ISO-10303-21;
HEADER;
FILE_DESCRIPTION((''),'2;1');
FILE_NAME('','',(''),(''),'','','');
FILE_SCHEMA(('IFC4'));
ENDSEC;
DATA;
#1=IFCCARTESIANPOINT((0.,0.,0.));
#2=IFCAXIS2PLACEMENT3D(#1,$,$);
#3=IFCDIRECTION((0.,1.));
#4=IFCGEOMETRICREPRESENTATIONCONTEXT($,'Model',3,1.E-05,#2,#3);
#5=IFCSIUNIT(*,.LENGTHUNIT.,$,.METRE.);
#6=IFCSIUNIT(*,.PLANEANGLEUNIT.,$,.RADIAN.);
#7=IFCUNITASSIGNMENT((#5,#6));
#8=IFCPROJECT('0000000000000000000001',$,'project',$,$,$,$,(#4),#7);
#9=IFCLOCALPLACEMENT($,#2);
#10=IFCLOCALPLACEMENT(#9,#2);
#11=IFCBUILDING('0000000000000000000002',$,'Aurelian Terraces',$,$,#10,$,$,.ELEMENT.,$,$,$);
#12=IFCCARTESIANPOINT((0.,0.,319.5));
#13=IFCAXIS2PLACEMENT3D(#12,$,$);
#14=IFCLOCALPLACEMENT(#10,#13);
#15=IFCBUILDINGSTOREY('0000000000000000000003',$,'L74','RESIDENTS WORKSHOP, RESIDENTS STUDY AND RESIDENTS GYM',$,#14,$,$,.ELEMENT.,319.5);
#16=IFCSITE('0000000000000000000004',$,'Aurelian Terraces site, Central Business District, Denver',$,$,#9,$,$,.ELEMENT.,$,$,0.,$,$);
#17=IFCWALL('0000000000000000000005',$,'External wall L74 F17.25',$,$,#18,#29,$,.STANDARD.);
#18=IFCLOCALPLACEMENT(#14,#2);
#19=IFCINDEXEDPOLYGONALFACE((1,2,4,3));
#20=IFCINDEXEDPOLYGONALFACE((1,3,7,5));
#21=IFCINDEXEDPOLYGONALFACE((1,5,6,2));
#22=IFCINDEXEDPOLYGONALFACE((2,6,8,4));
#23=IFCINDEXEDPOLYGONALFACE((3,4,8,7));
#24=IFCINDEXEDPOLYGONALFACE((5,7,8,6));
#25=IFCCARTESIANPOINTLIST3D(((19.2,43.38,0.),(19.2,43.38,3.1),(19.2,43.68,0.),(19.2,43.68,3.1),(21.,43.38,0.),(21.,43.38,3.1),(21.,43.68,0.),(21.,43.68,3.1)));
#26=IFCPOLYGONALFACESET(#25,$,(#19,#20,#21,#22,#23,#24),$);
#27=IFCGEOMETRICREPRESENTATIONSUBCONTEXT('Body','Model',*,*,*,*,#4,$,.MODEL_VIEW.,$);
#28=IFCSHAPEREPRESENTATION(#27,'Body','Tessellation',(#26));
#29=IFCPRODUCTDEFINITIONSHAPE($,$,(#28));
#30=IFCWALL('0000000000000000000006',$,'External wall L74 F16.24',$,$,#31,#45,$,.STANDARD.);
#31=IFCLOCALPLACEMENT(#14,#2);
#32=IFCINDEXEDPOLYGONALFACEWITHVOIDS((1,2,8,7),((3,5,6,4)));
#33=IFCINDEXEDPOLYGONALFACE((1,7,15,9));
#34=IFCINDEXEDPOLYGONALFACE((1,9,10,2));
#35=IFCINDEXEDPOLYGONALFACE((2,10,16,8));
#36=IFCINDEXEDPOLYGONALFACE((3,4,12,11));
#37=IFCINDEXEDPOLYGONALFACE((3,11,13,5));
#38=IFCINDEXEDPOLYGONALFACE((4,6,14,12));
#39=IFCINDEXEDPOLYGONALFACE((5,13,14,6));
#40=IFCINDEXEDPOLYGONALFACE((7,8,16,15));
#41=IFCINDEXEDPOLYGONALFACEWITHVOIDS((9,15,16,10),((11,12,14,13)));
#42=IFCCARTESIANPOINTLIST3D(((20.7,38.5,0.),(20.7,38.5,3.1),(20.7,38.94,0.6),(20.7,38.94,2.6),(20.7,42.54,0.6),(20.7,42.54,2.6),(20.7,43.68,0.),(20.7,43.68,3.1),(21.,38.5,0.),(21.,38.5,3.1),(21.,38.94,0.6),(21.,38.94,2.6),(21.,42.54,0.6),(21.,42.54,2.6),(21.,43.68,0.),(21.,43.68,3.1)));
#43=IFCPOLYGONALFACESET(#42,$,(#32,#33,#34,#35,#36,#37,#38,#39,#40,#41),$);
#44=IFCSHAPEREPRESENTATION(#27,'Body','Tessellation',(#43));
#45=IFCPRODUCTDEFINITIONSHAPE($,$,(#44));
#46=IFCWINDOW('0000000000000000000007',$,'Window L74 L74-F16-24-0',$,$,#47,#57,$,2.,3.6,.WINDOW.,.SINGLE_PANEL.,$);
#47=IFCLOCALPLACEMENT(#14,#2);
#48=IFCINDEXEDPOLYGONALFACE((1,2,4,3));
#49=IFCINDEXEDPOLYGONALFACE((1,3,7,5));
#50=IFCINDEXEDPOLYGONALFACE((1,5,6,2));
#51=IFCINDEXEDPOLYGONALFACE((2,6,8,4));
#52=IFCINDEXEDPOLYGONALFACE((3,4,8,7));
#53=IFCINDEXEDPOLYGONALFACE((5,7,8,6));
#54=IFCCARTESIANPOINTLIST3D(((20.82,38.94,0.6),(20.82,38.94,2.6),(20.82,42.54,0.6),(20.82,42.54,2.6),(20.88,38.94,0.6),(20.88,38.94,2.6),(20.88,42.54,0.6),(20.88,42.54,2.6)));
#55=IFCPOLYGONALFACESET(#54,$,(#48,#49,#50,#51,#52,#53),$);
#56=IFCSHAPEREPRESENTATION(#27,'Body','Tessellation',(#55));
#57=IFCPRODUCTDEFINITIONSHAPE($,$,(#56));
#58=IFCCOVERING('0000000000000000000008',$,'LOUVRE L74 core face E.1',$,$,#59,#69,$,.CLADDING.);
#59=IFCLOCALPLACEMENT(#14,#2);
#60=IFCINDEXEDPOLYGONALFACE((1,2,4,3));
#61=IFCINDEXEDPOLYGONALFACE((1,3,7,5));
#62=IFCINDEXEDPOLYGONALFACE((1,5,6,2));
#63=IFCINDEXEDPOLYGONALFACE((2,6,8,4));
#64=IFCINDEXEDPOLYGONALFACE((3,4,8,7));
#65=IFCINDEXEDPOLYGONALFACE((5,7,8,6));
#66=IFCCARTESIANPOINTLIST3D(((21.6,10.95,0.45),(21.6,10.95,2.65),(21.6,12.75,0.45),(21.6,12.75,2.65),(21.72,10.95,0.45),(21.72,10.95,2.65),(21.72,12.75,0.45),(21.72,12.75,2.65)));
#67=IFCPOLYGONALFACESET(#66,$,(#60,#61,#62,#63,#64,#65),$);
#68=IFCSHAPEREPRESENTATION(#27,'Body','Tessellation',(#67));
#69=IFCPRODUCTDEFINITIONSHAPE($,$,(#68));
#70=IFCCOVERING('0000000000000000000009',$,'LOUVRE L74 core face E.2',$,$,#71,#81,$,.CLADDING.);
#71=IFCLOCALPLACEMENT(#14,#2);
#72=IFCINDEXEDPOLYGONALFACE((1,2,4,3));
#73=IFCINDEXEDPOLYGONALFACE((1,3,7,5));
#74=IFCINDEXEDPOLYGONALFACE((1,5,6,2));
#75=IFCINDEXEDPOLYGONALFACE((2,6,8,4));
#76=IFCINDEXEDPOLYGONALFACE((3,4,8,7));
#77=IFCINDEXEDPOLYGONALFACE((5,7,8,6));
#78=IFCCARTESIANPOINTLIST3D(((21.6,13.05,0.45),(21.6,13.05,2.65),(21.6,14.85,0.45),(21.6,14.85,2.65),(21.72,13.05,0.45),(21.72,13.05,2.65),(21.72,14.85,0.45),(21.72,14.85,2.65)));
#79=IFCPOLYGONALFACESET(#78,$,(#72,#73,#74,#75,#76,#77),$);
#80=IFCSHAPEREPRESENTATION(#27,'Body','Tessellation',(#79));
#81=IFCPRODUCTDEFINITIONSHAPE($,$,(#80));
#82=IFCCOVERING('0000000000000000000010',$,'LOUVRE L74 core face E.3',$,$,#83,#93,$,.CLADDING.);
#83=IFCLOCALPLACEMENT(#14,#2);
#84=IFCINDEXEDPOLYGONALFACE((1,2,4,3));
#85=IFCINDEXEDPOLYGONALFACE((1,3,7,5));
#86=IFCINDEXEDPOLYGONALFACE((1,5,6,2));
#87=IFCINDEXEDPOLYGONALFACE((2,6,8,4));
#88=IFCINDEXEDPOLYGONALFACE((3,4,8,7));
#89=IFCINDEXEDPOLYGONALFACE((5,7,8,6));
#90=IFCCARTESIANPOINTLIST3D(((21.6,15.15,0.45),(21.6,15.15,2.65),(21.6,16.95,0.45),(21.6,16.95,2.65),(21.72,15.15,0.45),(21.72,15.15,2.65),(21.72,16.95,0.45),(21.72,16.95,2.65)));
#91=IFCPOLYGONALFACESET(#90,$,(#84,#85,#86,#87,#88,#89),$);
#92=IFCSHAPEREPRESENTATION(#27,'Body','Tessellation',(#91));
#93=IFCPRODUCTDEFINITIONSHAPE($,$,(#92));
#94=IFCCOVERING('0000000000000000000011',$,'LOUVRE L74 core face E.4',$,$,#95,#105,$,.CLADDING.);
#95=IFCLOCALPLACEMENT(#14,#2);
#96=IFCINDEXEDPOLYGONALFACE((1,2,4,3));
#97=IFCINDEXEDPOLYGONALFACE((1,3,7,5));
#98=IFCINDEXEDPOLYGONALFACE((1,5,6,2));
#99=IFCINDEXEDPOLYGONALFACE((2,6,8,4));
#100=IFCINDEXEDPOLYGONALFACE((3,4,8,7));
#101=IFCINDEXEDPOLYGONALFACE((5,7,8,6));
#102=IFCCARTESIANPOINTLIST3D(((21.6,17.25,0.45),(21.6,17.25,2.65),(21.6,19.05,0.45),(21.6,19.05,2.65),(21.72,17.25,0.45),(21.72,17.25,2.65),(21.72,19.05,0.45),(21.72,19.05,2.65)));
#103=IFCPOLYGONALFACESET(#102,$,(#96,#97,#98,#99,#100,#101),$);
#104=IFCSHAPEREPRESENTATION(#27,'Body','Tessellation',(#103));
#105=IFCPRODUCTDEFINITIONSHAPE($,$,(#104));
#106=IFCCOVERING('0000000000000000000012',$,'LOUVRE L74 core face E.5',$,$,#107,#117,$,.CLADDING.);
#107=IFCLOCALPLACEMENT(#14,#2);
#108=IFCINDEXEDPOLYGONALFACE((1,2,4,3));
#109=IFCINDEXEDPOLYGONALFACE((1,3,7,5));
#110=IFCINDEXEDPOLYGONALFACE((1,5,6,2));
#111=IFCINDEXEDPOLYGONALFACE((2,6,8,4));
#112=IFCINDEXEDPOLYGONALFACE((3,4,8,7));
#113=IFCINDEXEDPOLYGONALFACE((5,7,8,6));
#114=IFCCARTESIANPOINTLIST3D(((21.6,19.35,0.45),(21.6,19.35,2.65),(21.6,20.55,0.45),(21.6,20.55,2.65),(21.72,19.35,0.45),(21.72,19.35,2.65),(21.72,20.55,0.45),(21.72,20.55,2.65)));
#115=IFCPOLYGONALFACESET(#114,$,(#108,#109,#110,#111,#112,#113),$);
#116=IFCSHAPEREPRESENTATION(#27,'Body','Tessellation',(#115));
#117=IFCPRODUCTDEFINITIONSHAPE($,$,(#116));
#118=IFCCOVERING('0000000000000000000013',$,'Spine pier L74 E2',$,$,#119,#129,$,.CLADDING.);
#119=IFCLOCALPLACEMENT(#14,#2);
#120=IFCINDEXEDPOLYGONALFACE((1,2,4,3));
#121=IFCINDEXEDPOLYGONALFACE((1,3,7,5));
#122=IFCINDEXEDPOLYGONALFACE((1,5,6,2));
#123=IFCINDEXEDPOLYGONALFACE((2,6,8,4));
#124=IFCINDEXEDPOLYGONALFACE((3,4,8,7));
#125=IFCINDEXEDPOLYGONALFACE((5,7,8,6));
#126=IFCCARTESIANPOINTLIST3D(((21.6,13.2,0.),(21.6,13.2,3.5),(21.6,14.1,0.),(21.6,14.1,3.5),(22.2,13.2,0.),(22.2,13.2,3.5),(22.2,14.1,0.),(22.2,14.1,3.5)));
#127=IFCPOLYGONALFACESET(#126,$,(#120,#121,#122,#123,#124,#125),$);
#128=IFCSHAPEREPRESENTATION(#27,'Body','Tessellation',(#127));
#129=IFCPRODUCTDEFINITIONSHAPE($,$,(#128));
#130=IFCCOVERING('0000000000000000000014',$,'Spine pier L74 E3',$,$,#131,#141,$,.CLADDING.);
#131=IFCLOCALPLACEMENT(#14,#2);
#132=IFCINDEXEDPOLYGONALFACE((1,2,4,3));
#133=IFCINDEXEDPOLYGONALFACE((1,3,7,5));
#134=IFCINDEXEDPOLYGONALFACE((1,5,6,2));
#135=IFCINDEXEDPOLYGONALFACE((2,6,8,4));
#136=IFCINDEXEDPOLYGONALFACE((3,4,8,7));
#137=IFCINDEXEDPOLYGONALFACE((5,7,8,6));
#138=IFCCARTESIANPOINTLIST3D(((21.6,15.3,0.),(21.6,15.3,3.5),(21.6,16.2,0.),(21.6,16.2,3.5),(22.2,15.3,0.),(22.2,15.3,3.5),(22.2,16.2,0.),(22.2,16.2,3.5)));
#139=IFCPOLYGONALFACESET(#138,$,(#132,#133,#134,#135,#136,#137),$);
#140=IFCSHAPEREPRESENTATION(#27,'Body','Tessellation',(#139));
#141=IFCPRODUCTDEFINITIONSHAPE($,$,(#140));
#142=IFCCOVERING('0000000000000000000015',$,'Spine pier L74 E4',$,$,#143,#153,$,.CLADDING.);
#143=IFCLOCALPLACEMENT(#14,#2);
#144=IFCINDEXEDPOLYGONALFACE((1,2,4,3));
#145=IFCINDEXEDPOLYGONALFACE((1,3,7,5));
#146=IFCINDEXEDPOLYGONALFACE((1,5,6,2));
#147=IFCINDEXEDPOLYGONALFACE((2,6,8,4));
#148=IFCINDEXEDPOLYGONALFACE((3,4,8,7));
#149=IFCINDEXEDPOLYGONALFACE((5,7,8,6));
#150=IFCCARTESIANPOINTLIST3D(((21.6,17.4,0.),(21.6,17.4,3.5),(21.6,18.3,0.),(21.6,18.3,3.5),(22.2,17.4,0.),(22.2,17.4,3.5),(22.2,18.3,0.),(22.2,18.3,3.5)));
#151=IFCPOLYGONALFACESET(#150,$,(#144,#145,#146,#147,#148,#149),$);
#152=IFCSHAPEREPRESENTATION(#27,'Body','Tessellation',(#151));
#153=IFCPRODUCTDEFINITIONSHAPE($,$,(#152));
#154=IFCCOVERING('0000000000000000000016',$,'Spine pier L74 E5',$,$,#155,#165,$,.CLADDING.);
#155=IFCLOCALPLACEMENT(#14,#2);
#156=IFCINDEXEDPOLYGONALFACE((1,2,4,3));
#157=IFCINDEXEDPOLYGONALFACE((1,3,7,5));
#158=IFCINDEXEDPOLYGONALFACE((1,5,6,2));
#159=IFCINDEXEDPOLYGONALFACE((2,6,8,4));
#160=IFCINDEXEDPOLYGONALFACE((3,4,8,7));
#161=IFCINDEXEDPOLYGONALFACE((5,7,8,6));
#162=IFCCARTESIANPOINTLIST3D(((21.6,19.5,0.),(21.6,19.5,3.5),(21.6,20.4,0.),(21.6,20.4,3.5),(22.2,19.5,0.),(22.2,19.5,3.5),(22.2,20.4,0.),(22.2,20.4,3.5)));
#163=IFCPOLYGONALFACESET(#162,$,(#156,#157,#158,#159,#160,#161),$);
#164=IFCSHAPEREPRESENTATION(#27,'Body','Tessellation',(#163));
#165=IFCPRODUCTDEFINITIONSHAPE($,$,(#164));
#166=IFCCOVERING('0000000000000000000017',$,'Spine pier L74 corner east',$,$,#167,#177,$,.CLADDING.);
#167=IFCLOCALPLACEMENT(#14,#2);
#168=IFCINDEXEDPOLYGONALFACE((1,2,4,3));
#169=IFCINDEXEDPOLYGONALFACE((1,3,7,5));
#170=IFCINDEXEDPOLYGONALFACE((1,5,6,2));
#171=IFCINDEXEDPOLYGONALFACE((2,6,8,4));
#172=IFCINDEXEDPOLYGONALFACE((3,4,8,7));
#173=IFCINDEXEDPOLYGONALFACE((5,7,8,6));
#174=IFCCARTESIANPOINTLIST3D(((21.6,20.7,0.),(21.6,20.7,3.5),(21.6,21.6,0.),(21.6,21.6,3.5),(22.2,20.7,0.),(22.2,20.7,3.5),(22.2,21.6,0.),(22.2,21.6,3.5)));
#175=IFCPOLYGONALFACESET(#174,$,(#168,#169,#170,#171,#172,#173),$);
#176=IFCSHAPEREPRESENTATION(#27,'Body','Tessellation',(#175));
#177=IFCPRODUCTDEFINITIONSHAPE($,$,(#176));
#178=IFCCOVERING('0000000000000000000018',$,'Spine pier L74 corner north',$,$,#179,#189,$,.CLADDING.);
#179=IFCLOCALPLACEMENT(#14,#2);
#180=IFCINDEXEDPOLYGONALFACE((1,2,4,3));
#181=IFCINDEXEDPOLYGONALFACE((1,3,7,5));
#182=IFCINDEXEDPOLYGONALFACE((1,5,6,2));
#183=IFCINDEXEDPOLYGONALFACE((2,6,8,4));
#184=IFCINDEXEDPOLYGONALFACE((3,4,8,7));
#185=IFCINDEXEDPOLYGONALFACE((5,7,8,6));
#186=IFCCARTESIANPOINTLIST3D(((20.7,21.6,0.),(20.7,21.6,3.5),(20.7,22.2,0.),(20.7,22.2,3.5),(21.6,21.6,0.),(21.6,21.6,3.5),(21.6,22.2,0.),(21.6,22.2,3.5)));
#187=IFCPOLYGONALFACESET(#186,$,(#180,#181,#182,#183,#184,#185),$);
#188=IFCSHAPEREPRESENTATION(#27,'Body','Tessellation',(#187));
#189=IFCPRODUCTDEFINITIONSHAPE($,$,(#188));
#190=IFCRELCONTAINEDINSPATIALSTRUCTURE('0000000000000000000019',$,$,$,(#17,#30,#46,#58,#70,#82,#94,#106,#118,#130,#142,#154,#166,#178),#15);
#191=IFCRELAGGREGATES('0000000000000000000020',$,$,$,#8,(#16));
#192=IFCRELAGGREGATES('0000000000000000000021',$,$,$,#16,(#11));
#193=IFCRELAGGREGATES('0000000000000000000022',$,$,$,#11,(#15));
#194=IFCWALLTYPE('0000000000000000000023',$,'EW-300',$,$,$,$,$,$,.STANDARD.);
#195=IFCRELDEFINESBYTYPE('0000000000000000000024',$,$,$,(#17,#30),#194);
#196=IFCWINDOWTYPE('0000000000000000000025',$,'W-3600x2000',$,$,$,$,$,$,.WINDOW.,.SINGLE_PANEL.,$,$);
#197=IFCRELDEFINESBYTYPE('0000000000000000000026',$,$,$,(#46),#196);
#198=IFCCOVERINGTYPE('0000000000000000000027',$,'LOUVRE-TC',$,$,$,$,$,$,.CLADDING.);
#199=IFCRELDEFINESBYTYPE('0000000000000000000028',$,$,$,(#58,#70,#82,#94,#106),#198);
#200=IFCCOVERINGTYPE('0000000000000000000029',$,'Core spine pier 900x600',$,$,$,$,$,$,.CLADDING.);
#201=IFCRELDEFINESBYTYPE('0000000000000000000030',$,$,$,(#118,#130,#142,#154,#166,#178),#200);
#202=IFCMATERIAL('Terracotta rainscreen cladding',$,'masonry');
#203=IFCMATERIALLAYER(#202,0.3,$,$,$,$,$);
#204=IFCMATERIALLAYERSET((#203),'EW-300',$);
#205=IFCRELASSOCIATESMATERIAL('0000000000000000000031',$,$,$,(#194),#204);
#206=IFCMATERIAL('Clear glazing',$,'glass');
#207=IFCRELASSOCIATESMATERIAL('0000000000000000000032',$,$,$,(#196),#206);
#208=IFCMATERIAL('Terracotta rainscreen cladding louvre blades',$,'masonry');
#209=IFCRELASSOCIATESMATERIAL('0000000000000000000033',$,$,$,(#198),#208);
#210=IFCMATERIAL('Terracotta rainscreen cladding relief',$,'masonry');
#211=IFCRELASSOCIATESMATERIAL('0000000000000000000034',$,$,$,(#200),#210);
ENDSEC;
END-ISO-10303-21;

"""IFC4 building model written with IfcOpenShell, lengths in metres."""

from ifc_helpers import new_model, si_unit, direction, frame, frame_2d, origin, origin_2d, place, context, subcontext, project, spatial, rectangle, extrude, source, transform, mapped, material, layer, layer_set, type_object, element, fill, save


model = new_model("IFC4")

# Units and contexts
model_context = context("Model", 3, precision=1e-05, world=origin(), true_north=direction((0.0, 1.0)))
body_context = subcontext(model_context, "Body", "Model", "MODEL_VIEW")
ifc_project = project(units=[si_unit("LENGTHUNIT", "METRE"), si_unit("PLANEANGLEUNIT", "RADIAN")], contexts=[model_context])

# Site, building, storey
site_placement = place(None, origin())
site = spatial("IfcSite", under=ifc_project, at=site_placement, Name="Aurelian Terraces site, Central Business District, Denver", CompositionType="ELEMENT", RefElevation=0.0)
building_placement = place(site_placement, origin())
building = spatial("IfcBuilding", under=site, at=building_placement, Name="Aurelian Terraces", CompositionType="ELEMENT")
storey_placement = place(building_placement, frame((0.0, 0.0, 319.5)))
storey = spatial("IfcBuildingStorey", under=building, at=storey_placement, Name="L74", Description="RESIDENTS WORKSHOP, RESIDENTS STUDY AND RESIDENTS GYM", CompositionType="ELEMENT", Elevation=319.5)

# Wall
ifc_material_1 = material(Name="Terracotta rainscreen cladding", Category="masonry")
ifc_layer = layer(ifc_material_1, 0.3)
ifc_layer_set = layer_set([ifc_layer], Name="EW-300")
wall_type = type_object("IfcWallType", Name="EW-300", PredefinedType="STANDARD", material=ifc_layer_set)
shared_shape_1 = source(origin(), body_context, "Body", "SweptSolid", [
    extrude(rectangle(XDim=1.8, YDim=0.3, at=frame_2d((0.9, 0.0))), origin(), (0.0, 0.0, 1.0), 3.1),
])
wall_1_placement = place(storey_placement, frame((21.0, 43.53, 0.0), z_axis=(0.0, 0.0, 1.0), x_axis=(-1.0, 0.0, 0.0)))
element("IfcWall", 1, at=wall_1_placement, inside=storey, type_object=wall_type, Name="External wall L74 F17.25", PredefinedType="STANDARD", context=body_context, shape_type="MappedRepresentation", body=[
    mapped(shared_shape_1, transform((0.0, 0.0, 0.0), scale=1.0)),
])

# Wall, opening, window
shared_shape_2 = source(origin(), body_context, "Body", "SweptSolid", [
    extrude(rectangle(XDim=5.18, YDim=0.3, at=frame_2d((2.59, 0.0))), origin(), (0.0, 0.0, 1.0), 3.1),
])
wall_2_placement = place(storey_placement, frame((20.85, 38.5, 0.0), z_axis=(0.0, 0.0, 1.0), x_axis=(0.0, 1.0, 0.0)))
wall_2 = element("IfcWall", 2, at=wall_2_placement, inside=storey, type_object=wall_type, Name="External wall L74 F16.24", PredefinedType="STANDARD", context=body_context, shape_type="MappedRepresentation", body=[
    mapped(shared_shape_2, transform((0.0, 0.0, 0.0), scale=1.0)),
])
shared_shape_3 = source(origin(), body_context, "Body", "SweptSolid", [
    extrude(rectangle(XDim=3.6, YDim=2.0, at=frame_2d((1.8, 1.0))), frame((0.0, 0.16, 0.0), z_axis=(0.0, -1.0, 0.0), x_axis=(1.0, 0.0, 0.0)), (0.0, 0.0, 1.0), 0.32),
])
opening_placement = place(wall_2_placement, frame((0.44, 0.0, 0.6)))
opening = element("IfcOpeningElement", 3, at=opening_placement, cuts=wall_2, PredefinedType="OPENING", context=body_context, shape_type="MappedRepresentation", body=[
    mapped(shared_shape_3, transform((0.0, 0.0, 0.0), scale=1.0)),
])
ifc_material_2 = material(Name="Clear glazing", Category="glass")
window_type = type_object("IfcWindowType", Name="W-3600x2000", PartitioningType="SINGLE_PANEL", PredefinedType="WINDOW", material=ifc_material_2)
shared_shape_4 = source(origin(), body_context, "Body", "SweptSolid", [
    extrude(rectangle(XDim=3.6, YDim=2.0, at=frame_2d((1.8, 1.0))), frame((0.0, 0.03, 0.0), z_axis=(0.0, -1.0, 0.0), x_axis=(1.0, 0.0, 0.0)), (0.0, 0.0, 1.0), 0.06),
])
window_placement = place(opening_placement, origin())
window = element("IfcWindow", 4, at=window_placement, inside=storey, type_object=window_type, Name="Window L74 L74-F16-24-0", OverallHeight=2.0, OverallWidth=3.6, PartitioningType="SINGLE_PANEL", PredefinedType="WINDOW", context=body_context, shape_type="MappedRepresentation", body=[
    mapped(shared_shape_4, transform((0.0, 0.0, 0.0), scale=1.0)),
])
fill(opening, window)

# Coverings
ifc_material_3 = material(Name="Terracotta rainscreen cladding louvre blades", Category="masonry")
covering_type_1 = type_object("IfcCoveringType", Name="LOUVRE-TC", PredefinedType="CLADDING", material=ifc_material_3)
shared_shape_5 = source(origin(), body_context, "Body", "SweptSolid", [
    extrude(rectangle(XDim=0.12, YDim=1.8, at=origin_2d()), origin(), (0.0, 0.0, 1.0), 2.2),
])
for number, where, z_axis, x_axis, name in (
    (5, (21.66, 11.85, 0.45), (0.0, 0.0, 1.0), (1.0, 0.0, 0.0), "LOUVRE L74 core face E.1"),
    (6, (21.66, 13.95, 0.45), (0.0, 0.0, 1.0), (1.0, 0.0, 0.0), "LOUVRE L74 core face E.2"),
    (7, (21.66, 16.05, 0.45), (0.0, 0.0, 1.0), (1.0, 0.0, 0.0), "LOUVRE L74 core face E.3"),
    (8, (21.66, 18.15, 0.45), (0.0, 0.0, 1.0), (1.0, 0.0, 0.0), "LOUVRE L74 core face E.4"),
):
    element("IfcCovering", number, at=place(storey_placement, frame(where, z_axis=z_axis, x_axis=x_axis)), inside=storey, type_object=covering_type_1, Name=name, PredefinedType="CLADDING", context=body_context, shape_type="MappedRepresentation", body=[
        mapped(shared_shape_5, transform((0.0, 0.0, 0.0), scale=1.0)),
    ])
shared_shape_6 = source(origin(), body_context, "Body", "SweptSolid", [
    extrude(rectangle(XDim=0.12, YDim=1.2, at=origin_2d()), origin(), (0.0, 0.0, 1.0), 2.2),
])
covering_1_placement = place(storey_placement, frame((21.66, 19.95, 0.45), z_axis=(0.0, 0.0, 1.0), x_axis=(1.0, 0.0, 0.0)))
element("IfcCovering", 9, at=covering_1_placement, inside=storey, type_object=covering_type_1, Name="LOUVRE L74 core face E.5", PredefinedType="CLADDING", context=body_context, shape_type="MappedRepresentation", body=[
    mapped(shared_shape_6, transform((0.0, 0.0, 0.0), scale=1.0)),
])
ifc_material_4 = material(Name="Terracotta rainscreen cladding relief", Category="masonry")
covering_type_2 = type_object("IfcCoveringType", Name="Core spine pier 900x600", PredefinedType="CLADDING", material=ifc_material_4)
shared_shape_7 = source(origin(), body_context, "Body", "SweptSolid", [
    extrude(rectangle(XDim=0.6, YDim=0.9, at=origin_2d()), origin(), (0.0, 0.0, 1.0), 3.5),
])
for number, where, z_axis, x_axis, name in (
    (10, (21.9, 13.65, 0.0), (0.0, 0.0, 1.0), (1.0, 0.0, 0.0), "Spine pier L74 E2"),
    (11, (21.9, 15.75, 0.0), (0.0, 0.0, 1.0), (1.0, 0.0, 0.0), "Spine pier L74 E3"),
    (12, (21.9, 17.85, 0.0), (0.0, 0.0, 1.0), (1.0, 0.0, 0.0), "Spine pier L74 E4"),
    (13, (21.9, 19.95, 0.0), (0.0, 0.0, 1.0), (1.0, 0.0, 0.0), "Spine pier L74 E5"),
    (14, (21.9, 21.15, 0.0), (0.0, 0.0, 1.0), (1.0, 0.0, 0.0), "Spine pier L74 corner east"),
):
    element("IfcCovering", number, at=place(storey_placement, frame(where, z_axis=z_axis, x_axis=x_axis)), inside=storey, type_object=covering_type_2, Name=name, PredefinedType="CLADDING", context=body_context, shape_type="MappedRepresentation", body=[
        mapped(shared_shape_7, transform((0.0, 0.0, 0.0), scale=1.0)),
    ])
shared_shape_8 = source(origin(), body_context, "Body", "SweptSolid", [
    extrude(rectangle(XDim=0.9, YDim=0.6, at=origin_2d()), origin(), (0.0, 0.0, 1.0), 3.5),
])
covering_2_placement = place(storey_placement, frame((21.15, 21.9, 0.0), z_axis=(0.0, 0.0, 1.0), x_axis=(1.0, 0.0, 0.0)))
element("IfcCovering", 15, at=covering_2_placement, inside=storey, type_object=covering_type_2, Name="Spine pier L74 corner north", PredefinedType="CLADDING", context=body_context, shape_type="MappedRepresentation", body=[
    mapped(shared_shape_8, transform((0.0, 0.0, 0.0), scale=1.0)),
])

save(model, "model.ifc")
